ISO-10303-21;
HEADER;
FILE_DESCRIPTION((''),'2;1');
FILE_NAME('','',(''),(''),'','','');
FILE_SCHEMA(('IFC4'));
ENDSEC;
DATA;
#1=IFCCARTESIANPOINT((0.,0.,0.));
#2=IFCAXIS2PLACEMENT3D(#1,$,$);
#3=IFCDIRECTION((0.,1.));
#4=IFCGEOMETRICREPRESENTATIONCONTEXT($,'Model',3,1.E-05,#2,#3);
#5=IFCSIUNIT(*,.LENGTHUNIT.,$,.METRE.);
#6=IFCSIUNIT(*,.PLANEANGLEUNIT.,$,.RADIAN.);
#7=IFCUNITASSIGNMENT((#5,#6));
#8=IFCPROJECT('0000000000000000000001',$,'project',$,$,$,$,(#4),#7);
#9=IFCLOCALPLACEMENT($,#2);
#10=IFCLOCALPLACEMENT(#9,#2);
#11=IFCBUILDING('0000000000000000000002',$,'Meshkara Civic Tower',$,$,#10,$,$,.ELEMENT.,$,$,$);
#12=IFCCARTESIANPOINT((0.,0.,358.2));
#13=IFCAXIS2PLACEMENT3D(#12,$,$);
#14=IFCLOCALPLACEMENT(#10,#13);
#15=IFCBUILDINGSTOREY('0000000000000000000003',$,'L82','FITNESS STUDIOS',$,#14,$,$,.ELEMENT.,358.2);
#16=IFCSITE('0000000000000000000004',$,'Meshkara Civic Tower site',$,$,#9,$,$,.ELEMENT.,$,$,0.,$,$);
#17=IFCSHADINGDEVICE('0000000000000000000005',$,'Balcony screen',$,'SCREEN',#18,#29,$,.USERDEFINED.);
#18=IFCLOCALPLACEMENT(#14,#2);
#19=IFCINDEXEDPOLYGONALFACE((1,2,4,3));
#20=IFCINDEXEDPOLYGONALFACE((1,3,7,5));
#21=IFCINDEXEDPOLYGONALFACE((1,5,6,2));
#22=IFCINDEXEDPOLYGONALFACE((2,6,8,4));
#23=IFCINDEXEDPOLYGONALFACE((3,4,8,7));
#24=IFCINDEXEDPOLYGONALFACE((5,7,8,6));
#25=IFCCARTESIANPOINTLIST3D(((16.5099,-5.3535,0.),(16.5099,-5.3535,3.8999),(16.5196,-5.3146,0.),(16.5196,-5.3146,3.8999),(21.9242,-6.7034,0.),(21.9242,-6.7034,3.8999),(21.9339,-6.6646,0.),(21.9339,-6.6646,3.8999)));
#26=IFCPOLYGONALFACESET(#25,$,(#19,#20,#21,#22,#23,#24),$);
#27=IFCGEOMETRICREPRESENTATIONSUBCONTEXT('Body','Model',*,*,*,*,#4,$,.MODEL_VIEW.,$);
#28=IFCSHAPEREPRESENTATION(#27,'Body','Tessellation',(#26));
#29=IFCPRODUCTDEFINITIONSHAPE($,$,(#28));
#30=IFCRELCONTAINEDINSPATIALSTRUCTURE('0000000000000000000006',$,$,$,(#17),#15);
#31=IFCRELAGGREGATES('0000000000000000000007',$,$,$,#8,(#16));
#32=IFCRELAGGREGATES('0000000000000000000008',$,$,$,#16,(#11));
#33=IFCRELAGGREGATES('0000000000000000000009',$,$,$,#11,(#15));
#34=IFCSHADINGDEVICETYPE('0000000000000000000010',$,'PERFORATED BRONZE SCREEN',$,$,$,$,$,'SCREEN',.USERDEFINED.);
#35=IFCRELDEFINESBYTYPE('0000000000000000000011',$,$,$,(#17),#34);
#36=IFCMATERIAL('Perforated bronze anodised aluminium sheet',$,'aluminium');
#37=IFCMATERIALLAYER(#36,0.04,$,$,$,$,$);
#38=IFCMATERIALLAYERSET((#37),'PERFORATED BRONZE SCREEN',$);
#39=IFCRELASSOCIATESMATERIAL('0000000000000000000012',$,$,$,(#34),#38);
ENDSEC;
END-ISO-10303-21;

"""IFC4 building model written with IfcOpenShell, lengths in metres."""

from ifc_helpers import new_model, si_unit, direction, frame, origin, origin_2d, place, context, subcontext, project, spatial, rectangle, extrude, material, layer, layer_set, type_object, element, save


model = new_model("IFC4")

# Units and contexts
model_context = context("Model", 3, precision=1e-05, world=origin(), true_north=direction((0.0, 1.0)))
body_context = subcontext(model_context, "Body", "Model", "MODEL_VIEW")
ifc_project = project(units=[si_unit("LENGTHUNIT", "METRE"), si_unit("PLANEANGLEUNIT", "RADIAN")], contexts=[model_context])

# Site, building, storey
site_placement = place(None, origin())
site = spatial("IfcSite", under=ifc_project, at=site_placement, Name="Meshkara Civic Tower site", CompositionType="ELEMENT", RefElevation=0.0)
building_placement = place(site_placement, origin())
building = spatial("IfcBuilding", under=site, at=building_placement, Name="Meshkara Civic Tower", CompositionType="ELEMENT")
storey_placement = place(building_placement, frame((0.0, 0.0, 358.2)))
storey = spatial("IfcBuildingStorey", under=building, at=storey_placement, Name="L82", Description="FITNESS STUDIOS", CompositionType="ELEMENT", Elevation=358.2)

# Shading device
ifc_material_1 = material(Name="Perforated bronze anodised aluminium sheet", Category="aluminium")
ifc_layer_1 = layer(ifc_material_1, 0.04)
ifc_layer_set_1 = layer_set([ifc_layer_1], Name="PERFORATED BRONZE SCREEN")
shading_device_type = type_object("IfcShadingDeviceType", Name="PERFORATED BRONZE SCREEN", ElementType="SCREEN", PredefinedType="USERDEFINED", material=ifc_layer_set_1)
for number, where, z_axis, x_axis, name in (
    (1, (19.2219, -6.009, 0.0), (0.0, 0.0, 1.0), (0.970296, -0.241922, 0.0), "Balcony screen"),
):
    element("IfcShadingDevice", number, at=place(storey_placement, frame(where, z_axis=z_axis, x_axis=x_axis)), inside=storey, type_object=shading_device_type, Name=name, ObjectType="SCREEN", PredefinedType="USERDEFINED", context=body_context, shape_type="SweptSolid", body=[
        extrude(rectangle(XDim=5.5801, YDim=0.04, at=origin_2d()), origin(), (0.0, 0.0, 1.0), 3.8999),
    ])

save(model, "model.ifc")
